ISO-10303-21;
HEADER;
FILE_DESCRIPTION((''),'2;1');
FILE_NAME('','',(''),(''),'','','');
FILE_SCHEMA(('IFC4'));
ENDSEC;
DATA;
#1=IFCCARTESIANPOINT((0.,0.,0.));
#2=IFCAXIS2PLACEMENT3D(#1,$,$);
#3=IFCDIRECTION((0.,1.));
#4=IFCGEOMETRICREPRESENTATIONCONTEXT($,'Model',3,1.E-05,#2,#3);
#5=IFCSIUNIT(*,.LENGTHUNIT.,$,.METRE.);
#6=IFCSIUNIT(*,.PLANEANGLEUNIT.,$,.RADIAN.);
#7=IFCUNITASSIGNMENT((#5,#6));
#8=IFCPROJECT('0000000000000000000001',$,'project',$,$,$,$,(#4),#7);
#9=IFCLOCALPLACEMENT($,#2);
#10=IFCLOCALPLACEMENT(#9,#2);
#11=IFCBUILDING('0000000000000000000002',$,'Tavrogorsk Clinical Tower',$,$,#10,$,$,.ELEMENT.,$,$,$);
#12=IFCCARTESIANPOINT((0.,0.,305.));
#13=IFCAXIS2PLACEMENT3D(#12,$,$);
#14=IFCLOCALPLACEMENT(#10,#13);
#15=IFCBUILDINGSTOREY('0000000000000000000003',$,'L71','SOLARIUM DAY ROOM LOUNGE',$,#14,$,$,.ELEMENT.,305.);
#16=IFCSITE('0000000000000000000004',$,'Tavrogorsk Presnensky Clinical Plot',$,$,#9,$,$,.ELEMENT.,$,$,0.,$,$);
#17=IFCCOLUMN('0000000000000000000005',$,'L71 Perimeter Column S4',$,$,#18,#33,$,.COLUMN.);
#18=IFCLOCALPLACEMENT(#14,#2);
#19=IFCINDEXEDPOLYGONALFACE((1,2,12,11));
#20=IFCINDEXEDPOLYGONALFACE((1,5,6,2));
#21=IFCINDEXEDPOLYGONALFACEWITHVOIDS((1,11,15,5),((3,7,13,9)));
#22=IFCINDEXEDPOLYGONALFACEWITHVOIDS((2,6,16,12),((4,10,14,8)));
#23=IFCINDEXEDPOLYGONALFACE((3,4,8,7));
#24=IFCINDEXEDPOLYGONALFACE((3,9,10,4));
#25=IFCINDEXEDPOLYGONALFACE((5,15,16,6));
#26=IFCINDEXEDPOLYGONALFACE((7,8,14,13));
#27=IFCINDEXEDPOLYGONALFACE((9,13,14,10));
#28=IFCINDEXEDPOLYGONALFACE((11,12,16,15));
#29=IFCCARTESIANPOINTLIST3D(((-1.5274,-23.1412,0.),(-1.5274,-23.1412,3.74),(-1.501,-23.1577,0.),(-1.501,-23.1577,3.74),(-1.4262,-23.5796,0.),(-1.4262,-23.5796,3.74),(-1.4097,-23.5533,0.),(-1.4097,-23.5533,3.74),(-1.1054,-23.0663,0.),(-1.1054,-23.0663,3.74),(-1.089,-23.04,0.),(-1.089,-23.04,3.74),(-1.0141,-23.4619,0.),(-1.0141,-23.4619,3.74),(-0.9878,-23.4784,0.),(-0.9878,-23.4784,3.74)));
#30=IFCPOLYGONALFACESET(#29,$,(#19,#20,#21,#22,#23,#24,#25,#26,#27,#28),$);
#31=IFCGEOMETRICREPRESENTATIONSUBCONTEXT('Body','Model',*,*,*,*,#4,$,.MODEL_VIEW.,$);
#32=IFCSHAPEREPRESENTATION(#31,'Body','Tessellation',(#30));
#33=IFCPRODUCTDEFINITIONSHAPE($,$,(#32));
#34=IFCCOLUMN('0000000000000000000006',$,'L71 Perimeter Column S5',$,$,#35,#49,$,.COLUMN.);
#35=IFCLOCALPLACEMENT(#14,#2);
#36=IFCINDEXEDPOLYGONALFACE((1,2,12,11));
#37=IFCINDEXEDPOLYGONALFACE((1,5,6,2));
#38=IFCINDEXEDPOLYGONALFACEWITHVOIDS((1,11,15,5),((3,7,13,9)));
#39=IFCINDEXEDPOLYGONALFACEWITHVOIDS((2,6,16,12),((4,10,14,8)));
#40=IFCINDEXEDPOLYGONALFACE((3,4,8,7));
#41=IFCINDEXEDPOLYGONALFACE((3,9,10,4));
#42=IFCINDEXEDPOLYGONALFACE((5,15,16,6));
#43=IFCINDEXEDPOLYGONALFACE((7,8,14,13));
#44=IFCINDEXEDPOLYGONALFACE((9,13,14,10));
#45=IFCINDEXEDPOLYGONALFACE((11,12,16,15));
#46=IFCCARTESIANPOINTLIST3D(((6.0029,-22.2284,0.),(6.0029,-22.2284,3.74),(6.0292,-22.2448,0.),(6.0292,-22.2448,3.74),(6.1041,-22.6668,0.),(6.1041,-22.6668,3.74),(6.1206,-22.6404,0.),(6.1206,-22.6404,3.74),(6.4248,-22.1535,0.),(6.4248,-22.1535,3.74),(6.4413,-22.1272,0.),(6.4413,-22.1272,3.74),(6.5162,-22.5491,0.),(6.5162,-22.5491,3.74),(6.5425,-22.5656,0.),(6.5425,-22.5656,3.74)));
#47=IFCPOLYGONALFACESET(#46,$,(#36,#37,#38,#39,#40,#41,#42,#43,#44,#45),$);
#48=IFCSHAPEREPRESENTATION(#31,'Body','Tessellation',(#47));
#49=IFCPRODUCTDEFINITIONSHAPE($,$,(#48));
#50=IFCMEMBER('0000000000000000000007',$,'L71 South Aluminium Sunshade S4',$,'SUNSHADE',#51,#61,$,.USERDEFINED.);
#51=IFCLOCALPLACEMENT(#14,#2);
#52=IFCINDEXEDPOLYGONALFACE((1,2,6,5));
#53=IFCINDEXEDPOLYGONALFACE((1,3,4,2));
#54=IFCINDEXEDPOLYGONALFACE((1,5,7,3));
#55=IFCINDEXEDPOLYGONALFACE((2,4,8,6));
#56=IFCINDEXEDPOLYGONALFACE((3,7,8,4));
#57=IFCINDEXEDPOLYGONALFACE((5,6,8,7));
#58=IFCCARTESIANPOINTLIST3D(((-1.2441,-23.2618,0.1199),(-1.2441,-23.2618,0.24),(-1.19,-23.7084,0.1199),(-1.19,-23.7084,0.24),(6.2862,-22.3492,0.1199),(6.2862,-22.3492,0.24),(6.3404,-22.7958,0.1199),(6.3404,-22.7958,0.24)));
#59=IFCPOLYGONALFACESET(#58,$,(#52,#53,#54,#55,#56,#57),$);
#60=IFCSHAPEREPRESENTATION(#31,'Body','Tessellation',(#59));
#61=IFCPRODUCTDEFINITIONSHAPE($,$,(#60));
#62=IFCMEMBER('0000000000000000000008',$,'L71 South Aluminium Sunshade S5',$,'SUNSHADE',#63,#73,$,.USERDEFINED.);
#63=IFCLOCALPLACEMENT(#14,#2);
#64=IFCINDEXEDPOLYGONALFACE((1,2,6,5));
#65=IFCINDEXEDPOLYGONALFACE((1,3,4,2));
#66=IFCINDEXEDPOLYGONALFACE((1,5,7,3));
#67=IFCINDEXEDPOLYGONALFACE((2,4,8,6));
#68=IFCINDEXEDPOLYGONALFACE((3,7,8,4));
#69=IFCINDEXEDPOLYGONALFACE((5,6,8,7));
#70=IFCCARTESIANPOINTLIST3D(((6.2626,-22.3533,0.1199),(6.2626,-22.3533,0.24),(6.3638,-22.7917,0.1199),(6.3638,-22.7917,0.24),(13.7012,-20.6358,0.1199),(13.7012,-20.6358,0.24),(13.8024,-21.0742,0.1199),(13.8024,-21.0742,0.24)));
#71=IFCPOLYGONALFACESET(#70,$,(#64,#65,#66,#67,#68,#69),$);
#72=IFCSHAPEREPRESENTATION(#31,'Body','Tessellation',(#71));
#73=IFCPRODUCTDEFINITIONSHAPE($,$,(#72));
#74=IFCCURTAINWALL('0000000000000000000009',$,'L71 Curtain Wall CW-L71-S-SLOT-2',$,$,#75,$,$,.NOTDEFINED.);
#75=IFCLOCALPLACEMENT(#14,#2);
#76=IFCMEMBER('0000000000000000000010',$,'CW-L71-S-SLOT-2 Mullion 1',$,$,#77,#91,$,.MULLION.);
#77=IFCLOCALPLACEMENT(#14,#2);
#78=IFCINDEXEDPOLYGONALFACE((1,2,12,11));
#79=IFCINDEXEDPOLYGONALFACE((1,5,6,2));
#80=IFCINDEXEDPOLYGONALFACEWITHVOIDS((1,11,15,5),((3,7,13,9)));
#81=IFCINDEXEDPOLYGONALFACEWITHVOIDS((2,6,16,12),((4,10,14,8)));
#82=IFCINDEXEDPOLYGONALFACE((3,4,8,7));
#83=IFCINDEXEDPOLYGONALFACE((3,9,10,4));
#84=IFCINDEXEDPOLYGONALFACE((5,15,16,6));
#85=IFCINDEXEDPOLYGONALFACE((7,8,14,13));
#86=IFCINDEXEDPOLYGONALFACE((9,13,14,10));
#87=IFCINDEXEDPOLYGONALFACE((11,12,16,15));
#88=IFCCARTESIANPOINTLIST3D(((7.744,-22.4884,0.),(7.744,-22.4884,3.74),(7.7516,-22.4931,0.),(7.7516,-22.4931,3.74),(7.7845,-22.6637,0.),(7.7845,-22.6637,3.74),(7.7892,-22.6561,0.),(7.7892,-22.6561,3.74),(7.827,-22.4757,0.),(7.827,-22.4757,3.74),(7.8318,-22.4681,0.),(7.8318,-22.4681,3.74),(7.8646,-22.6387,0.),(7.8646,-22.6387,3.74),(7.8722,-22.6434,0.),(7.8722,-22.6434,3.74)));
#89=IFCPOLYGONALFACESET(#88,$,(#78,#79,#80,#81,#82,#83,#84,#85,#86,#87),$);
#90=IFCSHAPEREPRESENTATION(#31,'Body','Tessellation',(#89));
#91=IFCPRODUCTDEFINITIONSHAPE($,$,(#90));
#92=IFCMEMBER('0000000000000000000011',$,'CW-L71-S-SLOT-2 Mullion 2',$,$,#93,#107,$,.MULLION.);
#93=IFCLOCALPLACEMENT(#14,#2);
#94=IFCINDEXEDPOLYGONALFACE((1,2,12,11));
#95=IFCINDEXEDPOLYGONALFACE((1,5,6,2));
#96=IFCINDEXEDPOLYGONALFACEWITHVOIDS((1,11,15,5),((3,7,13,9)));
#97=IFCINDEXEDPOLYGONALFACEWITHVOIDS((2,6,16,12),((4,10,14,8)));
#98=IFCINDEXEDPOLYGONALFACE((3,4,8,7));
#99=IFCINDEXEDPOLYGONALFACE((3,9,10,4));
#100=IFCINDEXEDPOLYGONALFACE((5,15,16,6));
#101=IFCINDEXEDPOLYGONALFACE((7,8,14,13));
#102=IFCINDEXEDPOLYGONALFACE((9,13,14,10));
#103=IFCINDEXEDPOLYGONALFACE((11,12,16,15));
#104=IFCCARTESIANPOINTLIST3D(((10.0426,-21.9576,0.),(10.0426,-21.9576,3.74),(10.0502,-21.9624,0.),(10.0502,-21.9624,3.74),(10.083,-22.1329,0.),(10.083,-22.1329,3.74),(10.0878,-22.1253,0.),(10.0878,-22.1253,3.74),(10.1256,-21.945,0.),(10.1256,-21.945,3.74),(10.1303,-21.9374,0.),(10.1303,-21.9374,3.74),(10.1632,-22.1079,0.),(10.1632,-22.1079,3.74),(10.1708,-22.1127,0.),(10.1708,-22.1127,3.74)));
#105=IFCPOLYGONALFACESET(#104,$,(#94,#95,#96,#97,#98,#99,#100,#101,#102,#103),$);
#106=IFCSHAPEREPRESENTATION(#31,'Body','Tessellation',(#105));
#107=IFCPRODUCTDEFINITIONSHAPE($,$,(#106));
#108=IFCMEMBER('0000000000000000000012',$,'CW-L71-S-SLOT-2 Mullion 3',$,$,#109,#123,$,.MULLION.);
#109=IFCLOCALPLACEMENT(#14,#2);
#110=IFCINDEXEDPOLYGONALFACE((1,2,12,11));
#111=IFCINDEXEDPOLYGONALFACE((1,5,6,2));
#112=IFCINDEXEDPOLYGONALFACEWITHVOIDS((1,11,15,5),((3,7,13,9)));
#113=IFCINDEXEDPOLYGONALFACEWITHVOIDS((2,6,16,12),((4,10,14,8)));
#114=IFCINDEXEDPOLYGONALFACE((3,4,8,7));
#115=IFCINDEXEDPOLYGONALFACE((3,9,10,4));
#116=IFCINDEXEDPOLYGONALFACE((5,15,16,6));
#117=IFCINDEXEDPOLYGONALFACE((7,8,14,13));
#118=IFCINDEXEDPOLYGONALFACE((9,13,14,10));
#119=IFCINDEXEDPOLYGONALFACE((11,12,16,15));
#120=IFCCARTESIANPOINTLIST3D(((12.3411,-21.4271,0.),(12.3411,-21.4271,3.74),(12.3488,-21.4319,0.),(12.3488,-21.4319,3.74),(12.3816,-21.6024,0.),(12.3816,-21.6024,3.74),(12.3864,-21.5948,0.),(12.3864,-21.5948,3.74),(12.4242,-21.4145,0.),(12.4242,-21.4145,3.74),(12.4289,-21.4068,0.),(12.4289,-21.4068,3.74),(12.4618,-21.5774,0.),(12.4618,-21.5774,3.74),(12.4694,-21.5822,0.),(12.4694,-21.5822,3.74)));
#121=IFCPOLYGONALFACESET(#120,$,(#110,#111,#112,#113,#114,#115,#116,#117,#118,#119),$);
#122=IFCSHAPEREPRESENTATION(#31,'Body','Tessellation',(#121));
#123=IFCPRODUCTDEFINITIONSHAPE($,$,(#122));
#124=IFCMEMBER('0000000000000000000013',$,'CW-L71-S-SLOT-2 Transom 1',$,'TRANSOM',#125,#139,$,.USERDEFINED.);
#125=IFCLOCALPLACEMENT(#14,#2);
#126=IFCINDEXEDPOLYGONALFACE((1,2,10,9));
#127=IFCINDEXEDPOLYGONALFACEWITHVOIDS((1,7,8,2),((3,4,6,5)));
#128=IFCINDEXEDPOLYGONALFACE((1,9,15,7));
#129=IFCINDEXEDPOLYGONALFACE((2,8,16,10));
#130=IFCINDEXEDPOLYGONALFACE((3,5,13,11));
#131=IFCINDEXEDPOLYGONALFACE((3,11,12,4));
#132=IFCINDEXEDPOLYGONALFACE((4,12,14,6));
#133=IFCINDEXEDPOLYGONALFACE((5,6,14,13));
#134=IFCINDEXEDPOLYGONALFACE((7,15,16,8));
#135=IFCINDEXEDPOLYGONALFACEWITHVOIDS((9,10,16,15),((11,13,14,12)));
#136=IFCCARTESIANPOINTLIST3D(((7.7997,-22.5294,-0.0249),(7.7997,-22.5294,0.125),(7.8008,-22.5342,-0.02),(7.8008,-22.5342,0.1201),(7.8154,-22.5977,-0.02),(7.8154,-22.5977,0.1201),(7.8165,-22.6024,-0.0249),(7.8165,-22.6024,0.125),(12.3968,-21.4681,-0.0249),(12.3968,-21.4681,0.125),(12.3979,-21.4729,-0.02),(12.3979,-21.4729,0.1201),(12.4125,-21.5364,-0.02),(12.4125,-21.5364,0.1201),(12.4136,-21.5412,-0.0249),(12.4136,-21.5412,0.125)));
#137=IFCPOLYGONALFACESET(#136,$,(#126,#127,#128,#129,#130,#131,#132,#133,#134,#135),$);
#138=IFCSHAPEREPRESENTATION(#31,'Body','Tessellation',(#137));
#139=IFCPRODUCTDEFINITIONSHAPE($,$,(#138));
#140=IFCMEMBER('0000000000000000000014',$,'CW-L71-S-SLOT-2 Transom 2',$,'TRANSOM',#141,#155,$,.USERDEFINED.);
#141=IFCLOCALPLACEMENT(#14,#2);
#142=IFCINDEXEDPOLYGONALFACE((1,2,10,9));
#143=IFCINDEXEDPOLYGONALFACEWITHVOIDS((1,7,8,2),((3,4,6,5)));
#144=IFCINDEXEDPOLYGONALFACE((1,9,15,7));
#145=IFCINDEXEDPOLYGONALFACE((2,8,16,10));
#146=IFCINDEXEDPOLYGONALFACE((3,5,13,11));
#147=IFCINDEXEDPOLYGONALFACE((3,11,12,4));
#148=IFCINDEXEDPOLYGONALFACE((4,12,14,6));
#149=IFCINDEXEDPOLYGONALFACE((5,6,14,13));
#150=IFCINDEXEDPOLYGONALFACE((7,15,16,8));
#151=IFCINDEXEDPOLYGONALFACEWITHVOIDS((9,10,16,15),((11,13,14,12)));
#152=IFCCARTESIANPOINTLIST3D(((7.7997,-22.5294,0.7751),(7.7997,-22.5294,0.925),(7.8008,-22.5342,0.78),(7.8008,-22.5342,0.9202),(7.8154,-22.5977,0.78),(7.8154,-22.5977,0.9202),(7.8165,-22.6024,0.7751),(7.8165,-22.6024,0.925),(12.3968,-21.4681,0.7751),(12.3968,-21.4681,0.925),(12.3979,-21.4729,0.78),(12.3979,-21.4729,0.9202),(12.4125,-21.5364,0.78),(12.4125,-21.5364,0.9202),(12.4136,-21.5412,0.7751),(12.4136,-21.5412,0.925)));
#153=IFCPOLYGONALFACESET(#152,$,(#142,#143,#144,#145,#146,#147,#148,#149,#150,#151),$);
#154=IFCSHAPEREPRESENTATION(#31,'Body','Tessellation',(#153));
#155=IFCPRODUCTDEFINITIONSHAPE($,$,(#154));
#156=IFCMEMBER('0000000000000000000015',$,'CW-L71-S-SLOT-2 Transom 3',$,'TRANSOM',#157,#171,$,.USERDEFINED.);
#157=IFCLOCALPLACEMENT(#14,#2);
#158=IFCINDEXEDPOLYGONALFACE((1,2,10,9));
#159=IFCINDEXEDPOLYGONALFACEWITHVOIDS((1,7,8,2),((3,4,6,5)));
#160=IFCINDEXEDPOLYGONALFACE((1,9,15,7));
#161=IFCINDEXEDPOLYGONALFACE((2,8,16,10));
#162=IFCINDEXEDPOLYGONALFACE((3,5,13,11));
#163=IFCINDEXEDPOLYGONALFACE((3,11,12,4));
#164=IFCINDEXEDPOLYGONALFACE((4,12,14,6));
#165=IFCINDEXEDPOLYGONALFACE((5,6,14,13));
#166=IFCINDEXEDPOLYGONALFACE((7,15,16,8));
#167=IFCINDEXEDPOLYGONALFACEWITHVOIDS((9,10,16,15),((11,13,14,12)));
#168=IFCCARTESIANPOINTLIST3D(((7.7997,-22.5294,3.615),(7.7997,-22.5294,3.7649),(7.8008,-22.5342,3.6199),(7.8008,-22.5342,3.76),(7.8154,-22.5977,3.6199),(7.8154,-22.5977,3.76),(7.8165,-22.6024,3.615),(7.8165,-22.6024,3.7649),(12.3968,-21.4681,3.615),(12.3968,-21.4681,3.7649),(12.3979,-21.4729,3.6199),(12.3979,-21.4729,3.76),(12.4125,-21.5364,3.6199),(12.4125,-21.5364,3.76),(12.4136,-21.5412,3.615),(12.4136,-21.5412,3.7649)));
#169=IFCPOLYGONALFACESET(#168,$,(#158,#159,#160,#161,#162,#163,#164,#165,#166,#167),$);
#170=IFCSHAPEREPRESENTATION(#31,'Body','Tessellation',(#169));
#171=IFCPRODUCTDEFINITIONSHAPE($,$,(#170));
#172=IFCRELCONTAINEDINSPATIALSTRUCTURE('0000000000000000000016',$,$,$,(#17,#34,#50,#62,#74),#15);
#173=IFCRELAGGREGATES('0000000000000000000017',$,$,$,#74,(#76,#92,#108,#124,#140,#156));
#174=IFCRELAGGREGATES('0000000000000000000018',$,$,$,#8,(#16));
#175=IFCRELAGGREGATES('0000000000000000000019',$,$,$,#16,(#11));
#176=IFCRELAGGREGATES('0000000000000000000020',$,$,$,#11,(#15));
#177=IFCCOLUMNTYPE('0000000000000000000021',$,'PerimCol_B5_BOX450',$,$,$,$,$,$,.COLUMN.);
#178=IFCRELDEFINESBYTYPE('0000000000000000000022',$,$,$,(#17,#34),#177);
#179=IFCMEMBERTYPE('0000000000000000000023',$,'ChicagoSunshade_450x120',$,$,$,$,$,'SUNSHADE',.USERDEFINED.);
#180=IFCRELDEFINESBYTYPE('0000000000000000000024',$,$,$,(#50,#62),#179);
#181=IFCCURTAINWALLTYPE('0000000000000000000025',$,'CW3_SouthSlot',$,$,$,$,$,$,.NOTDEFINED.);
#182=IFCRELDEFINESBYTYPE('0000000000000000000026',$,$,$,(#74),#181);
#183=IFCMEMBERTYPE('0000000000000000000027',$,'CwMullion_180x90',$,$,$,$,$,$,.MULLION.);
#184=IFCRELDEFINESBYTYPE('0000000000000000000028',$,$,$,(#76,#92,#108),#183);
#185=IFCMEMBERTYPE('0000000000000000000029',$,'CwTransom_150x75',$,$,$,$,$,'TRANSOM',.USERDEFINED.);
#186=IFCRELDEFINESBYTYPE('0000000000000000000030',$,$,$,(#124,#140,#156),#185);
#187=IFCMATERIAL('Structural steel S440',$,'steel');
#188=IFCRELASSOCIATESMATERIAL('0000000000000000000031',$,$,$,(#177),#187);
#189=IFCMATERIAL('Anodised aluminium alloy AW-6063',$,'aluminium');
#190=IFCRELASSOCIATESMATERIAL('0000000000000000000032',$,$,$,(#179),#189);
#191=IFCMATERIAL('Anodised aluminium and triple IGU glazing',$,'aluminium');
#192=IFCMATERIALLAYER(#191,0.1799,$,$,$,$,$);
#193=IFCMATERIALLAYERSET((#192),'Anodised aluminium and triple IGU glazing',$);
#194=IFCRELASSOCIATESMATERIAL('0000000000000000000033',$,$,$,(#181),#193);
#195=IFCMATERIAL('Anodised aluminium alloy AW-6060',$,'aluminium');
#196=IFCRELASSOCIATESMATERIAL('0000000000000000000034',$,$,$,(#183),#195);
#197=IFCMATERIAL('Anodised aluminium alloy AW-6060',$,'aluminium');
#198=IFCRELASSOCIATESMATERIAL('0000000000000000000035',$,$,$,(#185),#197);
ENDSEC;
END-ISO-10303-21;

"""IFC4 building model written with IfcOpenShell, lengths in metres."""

from ifc_helpers import new_model, si_unit, direction, frame, origin, origin_2d, place, context, subcontext, project, spatial, rectangle, hollow_rectangle, extrude, material, layer, layer_set, material_profile, profile_set, type_object, element, aggregate, save


model = new_model("IFC4")

# Units and contexts
model_context = context("Model", 3, precision=1e-05, world=origin(), true_north=direction((0.0, 1.0)))
body_context = subcontext(model_context, "Body", "Model", "MODEL_VIEW")
ifc_project = project(units=[si_unit("LENGTHUNIT", "METRE"), si_unit("PLANEANGLEUNIT", "RADIAN")], contexts=[model_context])

# Site, building, storey
site_placement = place(None, origin())
site = spatial("IfcSite", under=ifc_project, at=site_placement, Name="Tavrogorsk Presnensky Clinical Plot", CompositionType="ELEMENT", RefElevation=0.0)
building_placement = place(site_placement, origin())
building = spatial("IfcBuilding", under=site, at=building_placement, Name="Tavrogorsk Clinical Tower", CompositionType="ELEMENT")
storey_placement = place(building_placement, frame((0.0, 0.0, 305.0)))
storey = spatial("IfcBuildingStorey", under=building, at=storey_placement, Name="L71", Description="SOLARIUM DAY ROOM LOUNGE", CompositionType="ELEMENT", Elevation=305.0)

# Columns
ifc_material_1 = material(Name="Structural steel S440", Category="steel")
ifc_material_profile_1 = material_profile(ifc_material_1, hollow_rectangle(XDim=0.45, YDim=0.45, WallThickness=0.022, at=origin_2d()), Name="BOX-450x450x22")
ifc_profile_set_1 = profile_set([ifc_material_profile_1], Name="Structural steel S440")
column_type = type_object("IfcColumnType", Name="PerimCol_B5_BOX450", PredefinedType="COLUMN", material=ifc_profile_set_1)
for number, where, z_axis, x_axis, name in (
    (1, (-1.2576, -23.3098, 0.0), (0.0, 0.0, 1.0), (0.97437, 0.224951, 0.0), "L71 Perimeter Column S4"),
    (2, (6.2727, -22.397, 0.0), (0.0, 0.0, 1.0), (0.97437, 0.224951, 0.0), "L71 Perimeter Column S5"),
):
    element("IfcColumn", number, at=place(storey_placement, frame(where, z_axis=z_axis, x_axis=x_axis)), inside=storey, type_object=column_type, Name=name, PredefinedType="COLUMN", context=body_context, shape_type="SweptSolid", body=[
        extrude(hollow_rectangle(XDim=0.45, YDim=0.45, WallThickness=0.022, at=origin_2d()), origin(), (0.0, 0.0, 1.0), 3.74),
    ])

# Members
ifc_material_2 = material(Name="Anodised aluminium alloy AW-6063", Category="aluminium")
ifc_material_profile_2 = material_profile(ifc_material_2, rectangle(XDim=0.45, YDim=0.1201, at=origin_2d()), Name="ALU-SUNSHADE-450x120")
ifc_profile_set_2 = profile_set([ifc_material_profile_2], Name="Anodised aluminium alloy AW-6063")
member_type_1 = type_object("IfcMemberType", Name="ChicagoSunshade_450x120", ElementType="SUNSHADE", PredefinedType="USERDEFINED", material=ifc_profile_set_2)
member_1_placement = place(storey_placement, frame((-1.217, -23.4851, 0.1799), z_axis=(0.992736, 0.12031, 0.0), x_axis=(-0.12031, 0.992736, 0.0)))
element("IfcMember", 3, at=member_1_placement, inside=storey, type_object=member_type_1, Name="L71 South Aluminium Sunshade S4", ObjectType="SUNSHADE", PredefinedType="USERDEFINED", context=body_context, shape_type="SweptSolid", body=[
    extrude(rectangle(XDim=0.45, YDim=0.1201, at=origin_2d()), origin(), (0.0, 0.0, 1.0), 7.5854),
])
member_2_placement = place(storey_placement, frame((6.3132, -22.5725, 0.1799), z_axis=(0.974364, 0.224979, 0.0), x_axis=(-0.224979, 0.974364, 0.0)))
element("IfcMember", 4, at=member_2_placement, inside=storey, type_object=member_type_1, Name="L71 South Aluminium Sunshade S5", ObjectType="SUNSHADE", PredefinedType="USERDEFINED", context=body_context, shape_type="SweptSolid", body=[
    extrude(rectangle(XDim=0.45, YDim=0.1201, at=origin_2d()), origin(), (0.0, 0.0, 1.0), 7.6343),
])

# Curtain wall, members
ifc_material_3 = material(Name="Anodised aluminium and triple IGU glazing", Category="aluminium")
ifc_layer_1 = layer(ifc_material_3, 0.1799)
ifc_layer_set_1 = layer_set([ifc_layer_1], Name="Anodised aluminium and triple IGU glazing")
curtain_wall_type = type_object("IfcCurtainWallType", Name="CW3_SouthSlot", PredefinedType="NOTDEFINED", material=ifc_layer_set_1)
curtain_wall_placement = place(storey_placement, origin())
curtain_wall = element("IfcCurtainWall", 5, at=curtain_wall_placement, inside=storey, type_object=curtain_wall_type, Name="L71 Curtain Wall CW-L71-S-SLOT-2", PredefinedType="NOTDEFINED")
ifc_material_4 = material(Name="Anodised aluminium alloy AW-6060", Category="aluminium")
ifc_material_profile_3 = material_profile(ifc_material_4, hollow_rectangle(XDim=0.0901, YDim=0.1799, WallThickness=0.0063, at=origin_2d()), Name="RHS-180x90x6.3")
ifc_profile_set_3 = profile_set([ifc_material_profile_3], Name="Anodised aluminium alloy AW-6060")
member_type_2 = type_object("IfcMemberType", Name="CwMullion_180x90", PredefinedType="MULLION", material=ifc_profile_set_3)
member_3_placement = place(storey_placement, frame((7.8081, -22.5659, 0.0), z_axis=(0.0, 0.0, 1.0), x_axis=(0.97437, 0.224951, 0.0)))
member_3 = element("IfcMember", 6, at=member_3_placement, type_object=member_type_2, Name="CW-L71-S-SLOT-2 Mullion 1", PredefinedType="MULLION", context=body_context, shape_type="SweptSolid", body=[
    extrude(hollow_rectangle(XDim=0.0901, YDim=0.1799, WallThickness=0.0063, at=origin_2d()), origin(), (0.0, 0.0, 1.0), 3.74),
])
member_4_placement = place(storey_placement, frame((10.1067, -22.0352, 0.0), z_axis=(0.0, 0.0, 1.0), x_axis=(0.97437, 0.224951, 0.0)))
member_4 = element("IfcMember", 7, at=member_4_placement, type_object=member_type_2, Name="CW-L71-S-SLOT-2 Mullion 2", PredefinedType="MULLION", context=body_context, shape_type="SweptSolid", body=[
    extrude(hollow_rectangle(XDim=0.0901, YDim=0.1799, WallThickness=0.0063, at=origin_2d()), origin(), (0.0, 0.0, 1.0), 3.74),
])
member_5_placement = place(storey_placement, frame((12.4053, -21.5046, 0.0), z_axis=(0.0, 0.0, 1.0), x_axis=(0.97437, 0.224951, 0.0)))
member_5 = element("IfcMember", 8, at=member_5_placement, type_object=member_type_2, Name="CW-L71-S-SLOT-2 Mullion 3", PredefinedType="MULLION", context=body_context, shape_type="SweptSolid", body=[
    extrude(hollow_rectangle(XDim=0.0901, YDim=0.1799, WallThickness=0.0063, at=origin_2d()), origin(), (0.0, 0.0, 1.0), 3.74),
])
ifc_material_5 = material(Name="Anodised aluminium alloy AW-6060", Category="aluminium")
ifc_material_profile_4 = material_profile(ifc_material_5, hollow_rectangle(XDim=0.075, YDim=0.1499, WallThickness=0.0049, at=origin_2d()), Name="RHS-150x75x5")
ifc_profile_set_4 = profile_set([ifc_material_profile_4], Name="Anodised aluminium alloy AW-6060")
member_type_3 = type_object("IfcMemberType", Name="CwTransom_150x75", ElementType="TRANSOM", PredefinedType="USERDEFINED", material=ifc_profile_set_4)
member_6_placement = place(storey_placement, frame((7.8081, -22.5659, 0.05), z_axis=(0.974373, 0.224939, 0.0), x_axis=(-0.224939, 0.974373, 0.0)))
member_6 = element("IfcMember", 9, at=member_6_placement, type_object=member_type_3, Name="CW-L71-S-SLOT-2 Transom 1", ObjectType="TRANSOM", PredefinedType="USERDEFINED", context=body_context, shape_type="SweptSolid", body=[
    extrude(hollow_rectangle(XDim=0.075, YDim=0.1499, WallThickness=0.0049, at=origin_2d()), origin(), (0.0, 0.0, 1.0), 4.718),
])
member_7_placement = place(storey_placement, frame((7.8081, -22.5659, 0.8501), z_axis=(0.974373, 0.224939, 0.0), x_axis=(-0.224939, 0.974373, 0.0)))
member_7 = element("IfcMember", 10, at=member_7_placement, type_object=member_type_3, Name="CW-L71-S-SLOT-2 Transom 2", ObjectType="TRANSOM", PredefinedType="USERDEFINED", context=body_context, shape_type="SweptSolid", body=[
    extrude(hollow_rectangle(XDim=0.075, YDim=0.1499, WallThickness=0.0049, at=origin_2d()), origin(), (0.0, 0.0, 1.0), 4.718),
])
member_8_placement = place(storey_placement, frame((7.8081, -22.5659, 3.6899), z_axis=(0.974373, 0.224939, 0.0), x_axis=(-0.224939, 0.974373, 0.0)))
member_8 = element("IfcMember", 11, at=member_8_placement, type_object=member_type_3, Name="CW-L71-S-SLOT-2 Transom 3", ObjectType="TRANSOM", PredefinedType="USERDEFINED", context=body_context, shape_type="SweptSolid", body=[
    extrude(hollow_rectangle(XDim=0.075, YDim=0.1499, WallThickness=0.0049, at=origin_2d()), origin(), (0.0, 0.0, 1.0), 4.718),
])

aggregate(curtain_wall, [member_3, member_4, member_5, member_6, member_7, member_8])

save(model, "model.ifc")
